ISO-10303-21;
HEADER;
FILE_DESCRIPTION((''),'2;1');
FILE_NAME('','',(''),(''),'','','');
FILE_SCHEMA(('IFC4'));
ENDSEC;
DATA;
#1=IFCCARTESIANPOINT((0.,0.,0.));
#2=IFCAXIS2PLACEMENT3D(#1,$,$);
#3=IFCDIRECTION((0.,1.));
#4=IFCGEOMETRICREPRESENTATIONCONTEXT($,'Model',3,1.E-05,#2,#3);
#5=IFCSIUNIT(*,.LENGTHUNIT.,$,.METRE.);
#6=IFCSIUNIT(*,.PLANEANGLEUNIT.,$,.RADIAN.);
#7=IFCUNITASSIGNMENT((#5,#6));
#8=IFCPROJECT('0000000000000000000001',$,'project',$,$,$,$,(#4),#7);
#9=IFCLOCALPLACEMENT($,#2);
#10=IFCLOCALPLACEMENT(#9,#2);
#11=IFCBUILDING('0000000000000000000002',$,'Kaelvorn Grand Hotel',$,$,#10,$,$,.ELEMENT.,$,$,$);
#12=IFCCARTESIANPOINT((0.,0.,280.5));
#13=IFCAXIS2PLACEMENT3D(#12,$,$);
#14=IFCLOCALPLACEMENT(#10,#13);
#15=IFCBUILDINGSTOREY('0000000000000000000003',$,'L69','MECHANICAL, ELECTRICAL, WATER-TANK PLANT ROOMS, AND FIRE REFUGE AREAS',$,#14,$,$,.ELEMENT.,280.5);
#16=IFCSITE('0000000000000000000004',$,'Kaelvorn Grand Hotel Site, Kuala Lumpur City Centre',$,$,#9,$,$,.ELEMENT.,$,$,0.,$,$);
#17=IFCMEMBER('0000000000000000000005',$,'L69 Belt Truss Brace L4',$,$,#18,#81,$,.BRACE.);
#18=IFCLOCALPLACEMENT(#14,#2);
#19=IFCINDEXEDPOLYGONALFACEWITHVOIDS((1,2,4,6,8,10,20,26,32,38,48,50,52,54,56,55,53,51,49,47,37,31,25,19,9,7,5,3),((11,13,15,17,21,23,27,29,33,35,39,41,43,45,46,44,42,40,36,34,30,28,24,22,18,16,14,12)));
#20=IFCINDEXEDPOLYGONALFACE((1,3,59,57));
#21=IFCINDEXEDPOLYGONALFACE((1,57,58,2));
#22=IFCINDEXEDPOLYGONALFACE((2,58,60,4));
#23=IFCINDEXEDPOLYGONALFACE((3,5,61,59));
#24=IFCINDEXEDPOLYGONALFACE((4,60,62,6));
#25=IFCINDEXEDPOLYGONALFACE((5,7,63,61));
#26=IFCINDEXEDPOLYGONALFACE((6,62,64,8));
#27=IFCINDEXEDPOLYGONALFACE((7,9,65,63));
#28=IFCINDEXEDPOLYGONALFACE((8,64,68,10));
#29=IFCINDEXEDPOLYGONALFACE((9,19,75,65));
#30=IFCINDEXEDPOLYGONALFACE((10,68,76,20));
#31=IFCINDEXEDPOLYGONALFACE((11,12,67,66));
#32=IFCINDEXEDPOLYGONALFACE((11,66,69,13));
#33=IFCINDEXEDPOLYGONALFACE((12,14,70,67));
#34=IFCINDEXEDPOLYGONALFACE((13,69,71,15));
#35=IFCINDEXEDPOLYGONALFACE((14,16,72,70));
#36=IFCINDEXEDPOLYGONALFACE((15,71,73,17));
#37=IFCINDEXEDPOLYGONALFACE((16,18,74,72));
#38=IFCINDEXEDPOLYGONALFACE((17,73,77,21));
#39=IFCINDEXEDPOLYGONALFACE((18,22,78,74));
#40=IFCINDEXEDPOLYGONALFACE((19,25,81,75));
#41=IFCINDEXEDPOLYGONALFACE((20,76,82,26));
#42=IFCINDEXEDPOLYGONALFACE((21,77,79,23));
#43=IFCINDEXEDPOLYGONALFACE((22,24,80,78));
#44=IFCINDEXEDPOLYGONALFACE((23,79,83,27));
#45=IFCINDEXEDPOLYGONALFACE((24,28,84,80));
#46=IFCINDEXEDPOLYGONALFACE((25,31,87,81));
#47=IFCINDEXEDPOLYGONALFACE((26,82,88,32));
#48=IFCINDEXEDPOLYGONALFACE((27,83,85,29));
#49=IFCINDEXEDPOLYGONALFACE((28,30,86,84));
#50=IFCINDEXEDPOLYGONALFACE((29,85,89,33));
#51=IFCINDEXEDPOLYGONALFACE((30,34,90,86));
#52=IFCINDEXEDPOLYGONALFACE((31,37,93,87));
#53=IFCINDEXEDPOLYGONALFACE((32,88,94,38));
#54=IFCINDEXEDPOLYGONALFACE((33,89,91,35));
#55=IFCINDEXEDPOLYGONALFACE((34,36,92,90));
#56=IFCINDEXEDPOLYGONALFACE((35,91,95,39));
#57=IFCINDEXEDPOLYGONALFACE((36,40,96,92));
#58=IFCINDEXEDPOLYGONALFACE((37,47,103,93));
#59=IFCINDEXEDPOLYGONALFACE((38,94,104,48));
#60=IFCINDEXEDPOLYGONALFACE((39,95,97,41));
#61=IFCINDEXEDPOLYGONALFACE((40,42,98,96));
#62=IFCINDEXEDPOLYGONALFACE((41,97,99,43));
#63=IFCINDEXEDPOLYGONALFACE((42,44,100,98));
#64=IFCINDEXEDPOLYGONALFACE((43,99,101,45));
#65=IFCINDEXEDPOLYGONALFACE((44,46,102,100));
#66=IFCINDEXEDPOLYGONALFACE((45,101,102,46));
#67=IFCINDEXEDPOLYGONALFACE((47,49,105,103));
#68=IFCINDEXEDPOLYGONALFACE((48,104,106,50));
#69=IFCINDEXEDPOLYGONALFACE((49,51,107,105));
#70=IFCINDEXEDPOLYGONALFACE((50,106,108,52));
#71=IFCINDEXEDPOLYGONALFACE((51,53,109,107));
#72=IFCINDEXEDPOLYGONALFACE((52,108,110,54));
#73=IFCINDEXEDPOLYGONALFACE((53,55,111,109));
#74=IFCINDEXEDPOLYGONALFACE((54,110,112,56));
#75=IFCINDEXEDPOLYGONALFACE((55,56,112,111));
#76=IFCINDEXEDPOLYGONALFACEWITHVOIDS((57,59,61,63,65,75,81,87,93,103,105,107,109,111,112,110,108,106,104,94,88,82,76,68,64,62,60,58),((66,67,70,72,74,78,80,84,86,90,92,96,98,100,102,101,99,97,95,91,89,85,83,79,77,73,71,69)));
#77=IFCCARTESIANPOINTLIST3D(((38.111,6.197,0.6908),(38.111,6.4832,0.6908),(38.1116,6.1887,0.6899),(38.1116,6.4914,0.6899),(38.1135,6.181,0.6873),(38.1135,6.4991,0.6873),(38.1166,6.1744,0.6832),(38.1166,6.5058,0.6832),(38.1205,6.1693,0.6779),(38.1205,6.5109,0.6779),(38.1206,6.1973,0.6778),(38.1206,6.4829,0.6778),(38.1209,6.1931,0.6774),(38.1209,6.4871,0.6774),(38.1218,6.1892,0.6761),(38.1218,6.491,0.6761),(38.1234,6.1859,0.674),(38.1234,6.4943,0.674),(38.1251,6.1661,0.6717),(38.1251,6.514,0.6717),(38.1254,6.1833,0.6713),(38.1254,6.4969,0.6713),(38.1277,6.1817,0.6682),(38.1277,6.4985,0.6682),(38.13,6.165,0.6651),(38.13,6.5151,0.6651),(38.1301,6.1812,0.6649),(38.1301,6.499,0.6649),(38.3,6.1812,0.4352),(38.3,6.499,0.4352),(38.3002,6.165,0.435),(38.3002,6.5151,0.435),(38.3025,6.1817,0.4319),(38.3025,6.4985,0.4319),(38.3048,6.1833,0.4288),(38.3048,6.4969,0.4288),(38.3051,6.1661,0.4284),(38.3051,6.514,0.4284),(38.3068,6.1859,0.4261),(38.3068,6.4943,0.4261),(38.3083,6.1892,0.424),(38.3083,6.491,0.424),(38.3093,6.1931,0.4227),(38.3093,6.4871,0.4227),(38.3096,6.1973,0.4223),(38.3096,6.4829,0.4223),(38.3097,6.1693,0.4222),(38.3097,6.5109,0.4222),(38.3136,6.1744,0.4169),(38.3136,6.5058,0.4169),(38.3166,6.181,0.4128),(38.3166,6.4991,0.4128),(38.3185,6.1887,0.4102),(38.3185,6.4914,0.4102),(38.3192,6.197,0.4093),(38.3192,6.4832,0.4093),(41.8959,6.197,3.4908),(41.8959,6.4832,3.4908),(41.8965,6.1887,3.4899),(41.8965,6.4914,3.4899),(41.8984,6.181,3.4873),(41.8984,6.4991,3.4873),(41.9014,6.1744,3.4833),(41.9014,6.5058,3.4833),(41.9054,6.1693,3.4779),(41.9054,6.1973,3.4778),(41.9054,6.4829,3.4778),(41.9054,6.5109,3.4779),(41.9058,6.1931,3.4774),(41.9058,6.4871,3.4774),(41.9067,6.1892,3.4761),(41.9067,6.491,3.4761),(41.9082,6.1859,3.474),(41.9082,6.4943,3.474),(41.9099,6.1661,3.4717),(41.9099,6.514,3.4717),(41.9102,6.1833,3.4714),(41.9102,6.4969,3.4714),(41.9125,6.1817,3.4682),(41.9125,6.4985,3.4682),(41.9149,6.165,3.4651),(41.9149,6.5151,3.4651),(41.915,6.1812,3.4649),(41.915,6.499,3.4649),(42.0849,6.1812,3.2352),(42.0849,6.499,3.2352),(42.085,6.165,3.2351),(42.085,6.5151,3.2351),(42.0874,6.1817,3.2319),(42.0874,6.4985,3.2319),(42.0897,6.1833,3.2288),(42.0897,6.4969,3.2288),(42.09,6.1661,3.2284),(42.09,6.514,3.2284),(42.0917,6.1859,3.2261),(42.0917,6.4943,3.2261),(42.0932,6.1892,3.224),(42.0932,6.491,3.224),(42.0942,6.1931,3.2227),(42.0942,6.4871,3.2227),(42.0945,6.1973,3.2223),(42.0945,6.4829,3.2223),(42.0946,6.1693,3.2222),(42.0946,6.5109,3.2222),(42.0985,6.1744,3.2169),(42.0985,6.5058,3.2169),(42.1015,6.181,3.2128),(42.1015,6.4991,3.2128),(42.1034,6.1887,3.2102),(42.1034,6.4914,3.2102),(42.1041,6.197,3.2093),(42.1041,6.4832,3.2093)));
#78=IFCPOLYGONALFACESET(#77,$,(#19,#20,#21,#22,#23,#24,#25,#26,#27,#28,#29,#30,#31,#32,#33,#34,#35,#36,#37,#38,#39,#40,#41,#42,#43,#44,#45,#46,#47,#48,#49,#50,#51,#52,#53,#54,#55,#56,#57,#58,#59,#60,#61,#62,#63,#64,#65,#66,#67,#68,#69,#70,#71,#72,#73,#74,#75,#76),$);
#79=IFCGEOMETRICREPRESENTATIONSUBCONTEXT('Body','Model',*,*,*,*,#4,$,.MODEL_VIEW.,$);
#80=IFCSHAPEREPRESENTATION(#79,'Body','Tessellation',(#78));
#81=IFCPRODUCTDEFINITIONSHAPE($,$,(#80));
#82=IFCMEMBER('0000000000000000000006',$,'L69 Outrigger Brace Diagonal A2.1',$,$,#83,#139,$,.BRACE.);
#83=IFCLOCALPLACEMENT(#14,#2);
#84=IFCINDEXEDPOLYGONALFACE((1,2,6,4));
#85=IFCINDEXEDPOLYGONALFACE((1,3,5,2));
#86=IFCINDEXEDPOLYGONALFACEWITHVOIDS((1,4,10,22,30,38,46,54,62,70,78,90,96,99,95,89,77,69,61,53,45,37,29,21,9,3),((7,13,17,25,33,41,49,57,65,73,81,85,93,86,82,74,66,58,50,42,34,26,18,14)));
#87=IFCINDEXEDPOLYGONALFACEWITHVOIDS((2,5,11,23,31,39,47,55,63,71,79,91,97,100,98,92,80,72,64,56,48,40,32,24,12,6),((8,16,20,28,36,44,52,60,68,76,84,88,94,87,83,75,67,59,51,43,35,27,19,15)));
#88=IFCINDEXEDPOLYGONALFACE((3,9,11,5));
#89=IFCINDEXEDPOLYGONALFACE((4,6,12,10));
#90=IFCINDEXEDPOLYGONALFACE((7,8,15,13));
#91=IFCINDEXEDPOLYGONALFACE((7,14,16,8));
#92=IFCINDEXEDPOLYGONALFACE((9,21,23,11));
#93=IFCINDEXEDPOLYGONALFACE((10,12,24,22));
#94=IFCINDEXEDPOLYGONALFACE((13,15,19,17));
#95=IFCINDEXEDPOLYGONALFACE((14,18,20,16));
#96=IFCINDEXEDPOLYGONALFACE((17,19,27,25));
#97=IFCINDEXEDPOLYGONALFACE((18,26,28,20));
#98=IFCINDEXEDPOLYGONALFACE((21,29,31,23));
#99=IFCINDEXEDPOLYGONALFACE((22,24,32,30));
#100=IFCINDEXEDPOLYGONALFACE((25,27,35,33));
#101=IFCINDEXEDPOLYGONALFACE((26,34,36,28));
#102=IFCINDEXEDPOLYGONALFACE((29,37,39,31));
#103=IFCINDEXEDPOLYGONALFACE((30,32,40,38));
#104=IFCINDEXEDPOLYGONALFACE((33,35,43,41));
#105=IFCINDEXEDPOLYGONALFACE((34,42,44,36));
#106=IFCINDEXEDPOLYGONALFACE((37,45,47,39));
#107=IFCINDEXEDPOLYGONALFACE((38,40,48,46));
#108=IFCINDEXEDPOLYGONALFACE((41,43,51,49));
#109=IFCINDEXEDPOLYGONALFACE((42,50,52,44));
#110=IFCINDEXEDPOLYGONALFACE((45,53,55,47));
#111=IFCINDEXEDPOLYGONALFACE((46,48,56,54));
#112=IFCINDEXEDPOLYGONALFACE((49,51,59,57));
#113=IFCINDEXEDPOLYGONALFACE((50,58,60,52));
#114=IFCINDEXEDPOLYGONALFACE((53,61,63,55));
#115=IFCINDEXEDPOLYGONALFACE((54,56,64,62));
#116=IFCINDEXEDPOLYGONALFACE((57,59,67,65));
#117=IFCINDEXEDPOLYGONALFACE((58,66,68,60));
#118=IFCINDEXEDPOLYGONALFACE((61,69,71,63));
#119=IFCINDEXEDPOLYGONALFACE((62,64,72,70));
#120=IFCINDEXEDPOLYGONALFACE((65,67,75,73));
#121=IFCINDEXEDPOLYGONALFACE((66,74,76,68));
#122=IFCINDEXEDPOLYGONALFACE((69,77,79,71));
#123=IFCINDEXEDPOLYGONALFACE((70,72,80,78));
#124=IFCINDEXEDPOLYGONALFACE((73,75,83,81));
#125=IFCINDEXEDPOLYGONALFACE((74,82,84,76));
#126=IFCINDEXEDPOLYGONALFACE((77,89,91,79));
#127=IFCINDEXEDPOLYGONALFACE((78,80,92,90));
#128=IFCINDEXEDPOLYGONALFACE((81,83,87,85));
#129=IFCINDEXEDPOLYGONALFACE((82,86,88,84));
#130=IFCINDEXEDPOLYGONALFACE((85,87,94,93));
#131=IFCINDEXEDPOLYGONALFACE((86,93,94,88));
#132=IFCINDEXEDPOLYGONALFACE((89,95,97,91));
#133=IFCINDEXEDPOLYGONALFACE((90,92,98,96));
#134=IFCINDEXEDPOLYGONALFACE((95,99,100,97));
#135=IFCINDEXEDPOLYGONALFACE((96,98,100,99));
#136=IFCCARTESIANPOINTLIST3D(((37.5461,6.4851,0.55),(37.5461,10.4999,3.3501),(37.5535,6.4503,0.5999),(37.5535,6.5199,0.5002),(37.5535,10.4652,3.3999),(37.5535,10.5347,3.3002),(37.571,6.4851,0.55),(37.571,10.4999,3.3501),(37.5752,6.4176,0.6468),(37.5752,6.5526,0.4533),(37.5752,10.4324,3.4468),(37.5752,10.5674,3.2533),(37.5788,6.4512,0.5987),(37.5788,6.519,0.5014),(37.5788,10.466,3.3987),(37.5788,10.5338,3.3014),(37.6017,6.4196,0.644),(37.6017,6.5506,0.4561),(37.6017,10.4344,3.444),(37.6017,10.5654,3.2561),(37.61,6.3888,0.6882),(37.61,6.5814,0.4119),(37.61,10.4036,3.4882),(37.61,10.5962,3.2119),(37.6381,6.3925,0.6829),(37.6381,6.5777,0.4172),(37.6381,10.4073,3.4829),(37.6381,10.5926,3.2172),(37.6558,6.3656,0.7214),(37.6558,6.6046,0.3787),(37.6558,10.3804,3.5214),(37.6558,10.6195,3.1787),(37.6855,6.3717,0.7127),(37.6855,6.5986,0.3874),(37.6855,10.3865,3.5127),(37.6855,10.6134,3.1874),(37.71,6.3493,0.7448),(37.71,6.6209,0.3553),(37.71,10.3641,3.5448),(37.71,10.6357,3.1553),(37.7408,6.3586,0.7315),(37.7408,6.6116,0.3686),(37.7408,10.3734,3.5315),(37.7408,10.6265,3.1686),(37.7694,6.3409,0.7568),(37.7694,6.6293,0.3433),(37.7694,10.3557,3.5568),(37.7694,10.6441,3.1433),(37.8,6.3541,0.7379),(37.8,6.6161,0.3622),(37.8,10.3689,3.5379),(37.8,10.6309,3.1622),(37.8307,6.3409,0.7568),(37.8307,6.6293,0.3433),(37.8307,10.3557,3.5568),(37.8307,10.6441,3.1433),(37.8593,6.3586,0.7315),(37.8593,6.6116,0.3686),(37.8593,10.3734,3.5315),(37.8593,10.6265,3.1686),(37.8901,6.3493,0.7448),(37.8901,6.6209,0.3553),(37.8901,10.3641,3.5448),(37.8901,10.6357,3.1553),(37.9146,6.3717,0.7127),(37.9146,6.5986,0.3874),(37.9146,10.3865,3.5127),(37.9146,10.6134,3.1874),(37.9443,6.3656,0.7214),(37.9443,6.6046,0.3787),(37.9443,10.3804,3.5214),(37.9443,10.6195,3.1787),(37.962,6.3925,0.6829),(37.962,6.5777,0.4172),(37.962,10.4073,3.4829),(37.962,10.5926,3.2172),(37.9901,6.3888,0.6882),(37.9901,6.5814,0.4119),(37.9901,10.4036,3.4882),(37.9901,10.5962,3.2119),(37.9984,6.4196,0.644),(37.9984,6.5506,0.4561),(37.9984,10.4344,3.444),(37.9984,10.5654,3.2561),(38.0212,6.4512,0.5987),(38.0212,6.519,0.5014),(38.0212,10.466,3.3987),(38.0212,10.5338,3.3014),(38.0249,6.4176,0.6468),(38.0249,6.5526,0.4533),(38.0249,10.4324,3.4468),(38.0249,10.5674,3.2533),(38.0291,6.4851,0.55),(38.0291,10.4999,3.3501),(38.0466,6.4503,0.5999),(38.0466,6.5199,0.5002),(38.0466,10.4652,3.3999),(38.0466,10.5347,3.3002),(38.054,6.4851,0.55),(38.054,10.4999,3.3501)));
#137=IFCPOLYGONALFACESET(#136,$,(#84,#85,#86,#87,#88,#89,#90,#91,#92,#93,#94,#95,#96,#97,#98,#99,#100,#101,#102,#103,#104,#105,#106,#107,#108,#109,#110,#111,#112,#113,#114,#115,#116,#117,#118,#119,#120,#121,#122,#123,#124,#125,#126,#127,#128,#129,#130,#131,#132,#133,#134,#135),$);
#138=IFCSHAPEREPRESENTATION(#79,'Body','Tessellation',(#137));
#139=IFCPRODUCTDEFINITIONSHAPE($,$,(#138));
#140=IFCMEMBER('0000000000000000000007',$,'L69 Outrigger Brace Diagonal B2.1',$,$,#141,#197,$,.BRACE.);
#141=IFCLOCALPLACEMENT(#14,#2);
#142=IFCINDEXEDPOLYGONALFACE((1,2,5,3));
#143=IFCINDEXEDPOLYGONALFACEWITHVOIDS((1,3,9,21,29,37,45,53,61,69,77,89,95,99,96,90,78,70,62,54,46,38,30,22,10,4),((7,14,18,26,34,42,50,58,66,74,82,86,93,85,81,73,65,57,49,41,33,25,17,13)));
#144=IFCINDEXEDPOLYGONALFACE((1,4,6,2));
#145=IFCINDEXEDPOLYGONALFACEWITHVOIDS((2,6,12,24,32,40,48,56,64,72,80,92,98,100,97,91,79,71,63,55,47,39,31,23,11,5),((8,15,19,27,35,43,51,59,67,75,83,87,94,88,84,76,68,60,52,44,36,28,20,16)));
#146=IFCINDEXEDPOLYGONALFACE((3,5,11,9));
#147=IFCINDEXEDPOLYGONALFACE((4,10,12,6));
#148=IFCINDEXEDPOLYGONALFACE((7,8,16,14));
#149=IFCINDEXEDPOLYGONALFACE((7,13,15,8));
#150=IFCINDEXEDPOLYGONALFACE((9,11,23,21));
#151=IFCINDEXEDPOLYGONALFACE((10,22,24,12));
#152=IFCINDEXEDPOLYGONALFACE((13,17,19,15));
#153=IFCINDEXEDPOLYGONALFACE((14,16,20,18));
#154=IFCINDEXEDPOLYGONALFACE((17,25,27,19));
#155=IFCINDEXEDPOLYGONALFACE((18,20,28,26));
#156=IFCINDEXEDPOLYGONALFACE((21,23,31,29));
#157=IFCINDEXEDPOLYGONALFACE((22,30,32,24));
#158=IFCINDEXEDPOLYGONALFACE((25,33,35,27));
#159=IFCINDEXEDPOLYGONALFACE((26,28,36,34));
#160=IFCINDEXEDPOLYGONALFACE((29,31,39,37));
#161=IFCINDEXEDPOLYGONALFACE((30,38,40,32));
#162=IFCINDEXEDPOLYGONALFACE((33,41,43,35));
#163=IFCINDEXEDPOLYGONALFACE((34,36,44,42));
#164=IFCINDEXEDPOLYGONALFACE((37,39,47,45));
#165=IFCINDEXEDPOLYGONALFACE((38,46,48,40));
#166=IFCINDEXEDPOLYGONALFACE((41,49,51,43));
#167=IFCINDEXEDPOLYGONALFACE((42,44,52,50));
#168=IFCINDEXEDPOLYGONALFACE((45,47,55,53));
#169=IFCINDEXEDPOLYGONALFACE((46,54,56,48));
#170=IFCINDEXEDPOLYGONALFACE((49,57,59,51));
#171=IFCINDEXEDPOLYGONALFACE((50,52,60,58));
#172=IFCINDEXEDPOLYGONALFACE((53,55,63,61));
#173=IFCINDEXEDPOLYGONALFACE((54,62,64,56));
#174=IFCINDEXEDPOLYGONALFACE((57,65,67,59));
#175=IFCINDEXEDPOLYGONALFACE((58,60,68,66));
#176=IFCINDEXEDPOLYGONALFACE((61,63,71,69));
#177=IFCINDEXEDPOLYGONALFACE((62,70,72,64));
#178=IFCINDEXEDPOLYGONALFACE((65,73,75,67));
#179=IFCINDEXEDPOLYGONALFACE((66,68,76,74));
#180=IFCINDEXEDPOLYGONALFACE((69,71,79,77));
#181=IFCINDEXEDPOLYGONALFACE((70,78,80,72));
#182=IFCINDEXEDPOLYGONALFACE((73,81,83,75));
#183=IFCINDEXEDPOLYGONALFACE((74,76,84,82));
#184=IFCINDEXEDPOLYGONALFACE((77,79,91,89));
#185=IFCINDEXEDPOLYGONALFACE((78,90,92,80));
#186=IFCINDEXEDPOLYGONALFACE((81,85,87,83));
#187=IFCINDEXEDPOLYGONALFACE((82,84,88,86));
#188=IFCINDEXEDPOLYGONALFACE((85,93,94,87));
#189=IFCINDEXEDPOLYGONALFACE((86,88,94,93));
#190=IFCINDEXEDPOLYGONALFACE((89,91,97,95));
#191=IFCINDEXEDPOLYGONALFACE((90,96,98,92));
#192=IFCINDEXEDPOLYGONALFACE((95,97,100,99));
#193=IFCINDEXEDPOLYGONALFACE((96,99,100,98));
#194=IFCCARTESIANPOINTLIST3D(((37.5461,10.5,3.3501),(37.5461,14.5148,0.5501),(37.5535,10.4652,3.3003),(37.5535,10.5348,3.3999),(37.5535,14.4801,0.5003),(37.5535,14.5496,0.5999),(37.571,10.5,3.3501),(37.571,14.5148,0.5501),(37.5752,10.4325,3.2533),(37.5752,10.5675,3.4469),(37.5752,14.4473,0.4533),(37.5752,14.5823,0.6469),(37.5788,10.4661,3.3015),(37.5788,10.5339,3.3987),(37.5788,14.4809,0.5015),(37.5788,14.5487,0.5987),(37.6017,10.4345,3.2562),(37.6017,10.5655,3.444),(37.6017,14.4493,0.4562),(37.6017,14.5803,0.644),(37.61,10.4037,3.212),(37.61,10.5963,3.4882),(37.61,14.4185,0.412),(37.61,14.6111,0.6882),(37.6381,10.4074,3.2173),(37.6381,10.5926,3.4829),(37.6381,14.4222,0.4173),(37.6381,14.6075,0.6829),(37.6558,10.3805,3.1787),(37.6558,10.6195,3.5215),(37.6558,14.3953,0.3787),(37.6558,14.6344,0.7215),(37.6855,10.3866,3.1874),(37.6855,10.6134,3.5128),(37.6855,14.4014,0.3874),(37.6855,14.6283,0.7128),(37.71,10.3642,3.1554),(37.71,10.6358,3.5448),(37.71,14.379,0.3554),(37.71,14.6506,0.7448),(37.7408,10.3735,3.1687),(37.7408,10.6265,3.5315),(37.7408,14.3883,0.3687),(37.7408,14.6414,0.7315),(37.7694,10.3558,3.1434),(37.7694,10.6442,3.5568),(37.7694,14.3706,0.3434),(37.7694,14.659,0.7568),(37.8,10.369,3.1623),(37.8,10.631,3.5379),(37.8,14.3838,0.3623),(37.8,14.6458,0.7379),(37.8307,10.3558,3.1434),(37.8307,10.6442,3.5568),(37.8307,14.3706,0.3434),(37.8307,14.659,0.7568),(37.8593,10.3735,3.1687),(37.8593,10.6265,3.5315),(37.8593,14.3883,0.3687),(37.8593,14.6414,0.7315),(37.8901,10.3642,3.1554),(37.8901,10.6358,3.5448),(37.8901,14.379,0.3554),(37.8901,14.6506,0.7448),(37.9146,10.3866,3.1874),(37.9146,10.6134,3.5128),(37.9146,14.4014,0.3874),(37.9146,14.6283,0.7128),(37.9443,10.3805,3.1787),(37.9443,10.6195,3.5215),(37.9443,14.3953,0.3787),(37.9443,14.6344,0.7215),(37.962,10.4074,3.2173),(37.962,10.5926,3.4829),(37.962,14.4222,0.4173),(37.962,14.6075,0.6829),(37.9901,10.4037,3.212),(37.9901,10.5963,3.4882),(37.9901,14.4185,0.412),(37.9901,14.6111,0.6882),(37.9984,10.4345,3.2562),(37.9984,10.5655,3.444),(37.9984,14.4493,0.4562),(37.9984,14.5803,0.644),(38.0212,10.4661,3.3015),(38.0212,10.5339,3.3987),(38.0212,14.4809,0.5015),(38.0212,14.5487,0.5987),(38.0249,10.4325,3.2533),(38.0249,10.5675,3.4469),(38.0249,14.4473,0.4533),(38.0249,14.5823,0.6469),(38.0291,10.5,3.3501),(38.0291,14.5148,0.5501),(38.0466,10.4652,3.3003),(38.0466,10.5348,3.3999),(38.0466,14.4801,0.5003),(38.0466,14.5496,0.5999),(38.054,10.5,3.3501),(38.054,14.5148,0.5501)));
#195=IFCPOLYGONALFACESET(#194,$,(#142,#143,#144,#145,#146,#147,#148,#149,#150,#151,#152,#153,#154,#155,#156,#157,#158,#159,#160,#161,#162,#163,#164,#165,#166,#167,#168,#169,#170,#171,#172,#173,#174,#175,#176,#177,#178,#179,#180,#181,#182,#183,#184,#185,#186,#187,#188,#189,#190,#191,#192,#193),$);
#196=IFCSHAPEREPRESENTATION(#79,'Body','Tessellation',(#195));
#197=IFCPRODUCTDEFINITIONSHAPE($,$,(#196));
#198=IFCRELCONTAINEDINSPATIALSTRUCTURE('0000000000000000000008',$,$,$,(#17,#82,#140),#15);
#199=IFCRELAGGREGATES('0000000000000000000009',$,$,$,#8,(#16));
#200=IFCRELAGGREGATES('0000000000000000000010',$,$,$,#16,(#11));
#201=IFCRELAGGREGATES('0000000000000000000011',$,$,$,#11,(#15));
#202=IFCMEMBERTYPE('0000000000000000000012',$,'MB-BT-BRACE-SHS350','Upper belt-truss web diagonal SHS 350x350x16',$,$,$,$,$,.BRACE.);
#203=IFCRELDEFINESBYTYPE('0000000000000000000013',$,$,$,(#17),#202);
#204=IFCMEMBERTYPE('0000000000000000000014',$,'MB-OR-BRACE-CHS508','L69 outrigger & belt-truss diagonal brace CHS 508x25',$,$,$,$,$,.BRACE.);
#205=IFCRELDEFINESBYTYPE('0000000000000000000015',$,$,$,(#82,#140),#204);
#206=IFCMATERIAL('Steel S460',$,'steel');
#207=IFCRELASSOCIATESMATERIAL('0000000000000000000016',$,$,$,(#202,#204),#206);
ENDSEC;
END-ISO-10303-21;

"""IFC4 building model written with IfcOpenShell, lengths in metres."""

from ifc_helpers import new_model, si_unit, direction, frame, origin, origin_2d, place, context, subcontext, project, spatial, hollow_rectangle, hollow_circle, extrude, material, material_profile, profile_set, type_object, element, save


model = new_model("IFC4")

# Units and contexts
model_context = context("Model", 3, precision=1e-05, world=origin(), true_north=direction((0.0, 1.0)))
body_context = subcontext(model_context, "Body", "Model", "MODEL_VIEW")
ifc_project = project(units=[si_unit("LENGTHUNIT", "METRE"), si_unit("PLANEANGLEUNIT", "RADIAN")], contexts=[model_context])

# Site, building, storey
site_placement = place(None, origin())
site = spatial("IfcSite", under=ifc_project, at=site_placement, Name="Kaelvorn Grand Hotel Site, Kuala Lumpur City Centre", CompositionType="ELEMENT", RefElevation=0.0)
building_placement = place(site_placement, origin())
building = spatial("IfcBuilding", under=site, at=building_placement, Name="Kaelvorn Grand Hotel", CompositionType="ELEMENT")
storey_placement = place(building_placement, frame((0.0, 0.0, 280.5)))
storey = spatial("IfcBuildingStorey", under=building, at=storey_placement, Name="L69", Description="MECHANICAL, ELECTRICAL, WATER-TANK PLANT ROOMS, AND FIRE REFUGE AREAS", CompositionType="ELEMENT", Elevation=280.5)

# Shared definitions
ifc_material_1 = material(Name="Steel S460", Category="steel")

# Members
ifc_material_profile_1 = material_profile(ifc_material_1, hollow_rectangle(XDim=0.3501, YDim=0.3501, WallThickness=0.0161, InnerFilletRadius=0.0161, OuterFilletRadius=0.032, at=origin_2d()), Name="SHS 350x350x16.0")
ifc_profile_set_1 = profile_set([ifc_material_profile_1], Name="Steel S460")
member_type_1 = type_object("IfcMemberType", Name="MB-BT-BRACE-SHS350", Description="Upper belt-truss web diagonal SHS 350x350x16", PredefinedType="BRACE", material=ifc_profile_set_1)
member_1_placement = place(storey_placement, frame((38.2151, 6.3401, 0.55), z_axis=(0.803922, 0.0, 0.594735), x_axis=(0.0, 1.0, 0.0)))
element("IfcMember", 1, at=member_1_placement, inside=storey, type_object=member_type_1, Name="L69 Belt Truss Brace L4", PredefinedType="BRACE", context=body_context, shape_type="SweptSolid", body=[
    extrude(hollow_rectangle(XDim=0.3501, YDim=0.3501, WallThickness=0.0161, InnerFilletRadius=0.0161, OuterFilletRadius=0.032, at=origin_2d()), origin(), (0.0, 0.0, 1.0), 4.708),
])
ifc_material_profile_2 = material_profile(ifc_material_1, hollow_circle(Radius=0.2539, WallThickness=0.0249, at=origin_2d()), Name="CHS 508.0x25.0")
ifc_profile_set_2 = profile_set([ifc_material_profile_2], Name="Steel S460")
member_type_2 = type_object("IfcMemberType", Name="MB-OR-BRACE-CHS508", Description="L69 outrigger & belt-truss diagonal brace CHS 508x25", PredefinedType="BRACE", material=ifc_profile_set_2)
for number, where, z_axis, x_axis, name in (
    (2, (37.8, 6.4851, 0.55), (0.0, 0.820227, 0.572039), (-1.0, 0.0, 0.0), "L69 Outrigger Brace Diagonal A2.1"),
    (3, (37.8, 10.5, 3.3501), (0.0, 0.820227, -0.572039), (-1.0, 0.0, 0.0), "L69 Outrigger Brace Diagonal B2.1"),
):
    element("IfcMember", number, at=place(storey_placement, frame(where, z_axis=z_axis, x_axis=x_axis)), inside=storey, type_object=member_type_2, Name=name, PredefinedType="BRACE", context=body_context, shape_type="SweptSolid", body=[
        extrude(hollow_circle(Radius=0.2539, WallThickness=0.0249, at=origin_2d()), origin(), (0.0, 0.0, 1.0), 4.8948),
    ])

save(model, "model.ifc")
